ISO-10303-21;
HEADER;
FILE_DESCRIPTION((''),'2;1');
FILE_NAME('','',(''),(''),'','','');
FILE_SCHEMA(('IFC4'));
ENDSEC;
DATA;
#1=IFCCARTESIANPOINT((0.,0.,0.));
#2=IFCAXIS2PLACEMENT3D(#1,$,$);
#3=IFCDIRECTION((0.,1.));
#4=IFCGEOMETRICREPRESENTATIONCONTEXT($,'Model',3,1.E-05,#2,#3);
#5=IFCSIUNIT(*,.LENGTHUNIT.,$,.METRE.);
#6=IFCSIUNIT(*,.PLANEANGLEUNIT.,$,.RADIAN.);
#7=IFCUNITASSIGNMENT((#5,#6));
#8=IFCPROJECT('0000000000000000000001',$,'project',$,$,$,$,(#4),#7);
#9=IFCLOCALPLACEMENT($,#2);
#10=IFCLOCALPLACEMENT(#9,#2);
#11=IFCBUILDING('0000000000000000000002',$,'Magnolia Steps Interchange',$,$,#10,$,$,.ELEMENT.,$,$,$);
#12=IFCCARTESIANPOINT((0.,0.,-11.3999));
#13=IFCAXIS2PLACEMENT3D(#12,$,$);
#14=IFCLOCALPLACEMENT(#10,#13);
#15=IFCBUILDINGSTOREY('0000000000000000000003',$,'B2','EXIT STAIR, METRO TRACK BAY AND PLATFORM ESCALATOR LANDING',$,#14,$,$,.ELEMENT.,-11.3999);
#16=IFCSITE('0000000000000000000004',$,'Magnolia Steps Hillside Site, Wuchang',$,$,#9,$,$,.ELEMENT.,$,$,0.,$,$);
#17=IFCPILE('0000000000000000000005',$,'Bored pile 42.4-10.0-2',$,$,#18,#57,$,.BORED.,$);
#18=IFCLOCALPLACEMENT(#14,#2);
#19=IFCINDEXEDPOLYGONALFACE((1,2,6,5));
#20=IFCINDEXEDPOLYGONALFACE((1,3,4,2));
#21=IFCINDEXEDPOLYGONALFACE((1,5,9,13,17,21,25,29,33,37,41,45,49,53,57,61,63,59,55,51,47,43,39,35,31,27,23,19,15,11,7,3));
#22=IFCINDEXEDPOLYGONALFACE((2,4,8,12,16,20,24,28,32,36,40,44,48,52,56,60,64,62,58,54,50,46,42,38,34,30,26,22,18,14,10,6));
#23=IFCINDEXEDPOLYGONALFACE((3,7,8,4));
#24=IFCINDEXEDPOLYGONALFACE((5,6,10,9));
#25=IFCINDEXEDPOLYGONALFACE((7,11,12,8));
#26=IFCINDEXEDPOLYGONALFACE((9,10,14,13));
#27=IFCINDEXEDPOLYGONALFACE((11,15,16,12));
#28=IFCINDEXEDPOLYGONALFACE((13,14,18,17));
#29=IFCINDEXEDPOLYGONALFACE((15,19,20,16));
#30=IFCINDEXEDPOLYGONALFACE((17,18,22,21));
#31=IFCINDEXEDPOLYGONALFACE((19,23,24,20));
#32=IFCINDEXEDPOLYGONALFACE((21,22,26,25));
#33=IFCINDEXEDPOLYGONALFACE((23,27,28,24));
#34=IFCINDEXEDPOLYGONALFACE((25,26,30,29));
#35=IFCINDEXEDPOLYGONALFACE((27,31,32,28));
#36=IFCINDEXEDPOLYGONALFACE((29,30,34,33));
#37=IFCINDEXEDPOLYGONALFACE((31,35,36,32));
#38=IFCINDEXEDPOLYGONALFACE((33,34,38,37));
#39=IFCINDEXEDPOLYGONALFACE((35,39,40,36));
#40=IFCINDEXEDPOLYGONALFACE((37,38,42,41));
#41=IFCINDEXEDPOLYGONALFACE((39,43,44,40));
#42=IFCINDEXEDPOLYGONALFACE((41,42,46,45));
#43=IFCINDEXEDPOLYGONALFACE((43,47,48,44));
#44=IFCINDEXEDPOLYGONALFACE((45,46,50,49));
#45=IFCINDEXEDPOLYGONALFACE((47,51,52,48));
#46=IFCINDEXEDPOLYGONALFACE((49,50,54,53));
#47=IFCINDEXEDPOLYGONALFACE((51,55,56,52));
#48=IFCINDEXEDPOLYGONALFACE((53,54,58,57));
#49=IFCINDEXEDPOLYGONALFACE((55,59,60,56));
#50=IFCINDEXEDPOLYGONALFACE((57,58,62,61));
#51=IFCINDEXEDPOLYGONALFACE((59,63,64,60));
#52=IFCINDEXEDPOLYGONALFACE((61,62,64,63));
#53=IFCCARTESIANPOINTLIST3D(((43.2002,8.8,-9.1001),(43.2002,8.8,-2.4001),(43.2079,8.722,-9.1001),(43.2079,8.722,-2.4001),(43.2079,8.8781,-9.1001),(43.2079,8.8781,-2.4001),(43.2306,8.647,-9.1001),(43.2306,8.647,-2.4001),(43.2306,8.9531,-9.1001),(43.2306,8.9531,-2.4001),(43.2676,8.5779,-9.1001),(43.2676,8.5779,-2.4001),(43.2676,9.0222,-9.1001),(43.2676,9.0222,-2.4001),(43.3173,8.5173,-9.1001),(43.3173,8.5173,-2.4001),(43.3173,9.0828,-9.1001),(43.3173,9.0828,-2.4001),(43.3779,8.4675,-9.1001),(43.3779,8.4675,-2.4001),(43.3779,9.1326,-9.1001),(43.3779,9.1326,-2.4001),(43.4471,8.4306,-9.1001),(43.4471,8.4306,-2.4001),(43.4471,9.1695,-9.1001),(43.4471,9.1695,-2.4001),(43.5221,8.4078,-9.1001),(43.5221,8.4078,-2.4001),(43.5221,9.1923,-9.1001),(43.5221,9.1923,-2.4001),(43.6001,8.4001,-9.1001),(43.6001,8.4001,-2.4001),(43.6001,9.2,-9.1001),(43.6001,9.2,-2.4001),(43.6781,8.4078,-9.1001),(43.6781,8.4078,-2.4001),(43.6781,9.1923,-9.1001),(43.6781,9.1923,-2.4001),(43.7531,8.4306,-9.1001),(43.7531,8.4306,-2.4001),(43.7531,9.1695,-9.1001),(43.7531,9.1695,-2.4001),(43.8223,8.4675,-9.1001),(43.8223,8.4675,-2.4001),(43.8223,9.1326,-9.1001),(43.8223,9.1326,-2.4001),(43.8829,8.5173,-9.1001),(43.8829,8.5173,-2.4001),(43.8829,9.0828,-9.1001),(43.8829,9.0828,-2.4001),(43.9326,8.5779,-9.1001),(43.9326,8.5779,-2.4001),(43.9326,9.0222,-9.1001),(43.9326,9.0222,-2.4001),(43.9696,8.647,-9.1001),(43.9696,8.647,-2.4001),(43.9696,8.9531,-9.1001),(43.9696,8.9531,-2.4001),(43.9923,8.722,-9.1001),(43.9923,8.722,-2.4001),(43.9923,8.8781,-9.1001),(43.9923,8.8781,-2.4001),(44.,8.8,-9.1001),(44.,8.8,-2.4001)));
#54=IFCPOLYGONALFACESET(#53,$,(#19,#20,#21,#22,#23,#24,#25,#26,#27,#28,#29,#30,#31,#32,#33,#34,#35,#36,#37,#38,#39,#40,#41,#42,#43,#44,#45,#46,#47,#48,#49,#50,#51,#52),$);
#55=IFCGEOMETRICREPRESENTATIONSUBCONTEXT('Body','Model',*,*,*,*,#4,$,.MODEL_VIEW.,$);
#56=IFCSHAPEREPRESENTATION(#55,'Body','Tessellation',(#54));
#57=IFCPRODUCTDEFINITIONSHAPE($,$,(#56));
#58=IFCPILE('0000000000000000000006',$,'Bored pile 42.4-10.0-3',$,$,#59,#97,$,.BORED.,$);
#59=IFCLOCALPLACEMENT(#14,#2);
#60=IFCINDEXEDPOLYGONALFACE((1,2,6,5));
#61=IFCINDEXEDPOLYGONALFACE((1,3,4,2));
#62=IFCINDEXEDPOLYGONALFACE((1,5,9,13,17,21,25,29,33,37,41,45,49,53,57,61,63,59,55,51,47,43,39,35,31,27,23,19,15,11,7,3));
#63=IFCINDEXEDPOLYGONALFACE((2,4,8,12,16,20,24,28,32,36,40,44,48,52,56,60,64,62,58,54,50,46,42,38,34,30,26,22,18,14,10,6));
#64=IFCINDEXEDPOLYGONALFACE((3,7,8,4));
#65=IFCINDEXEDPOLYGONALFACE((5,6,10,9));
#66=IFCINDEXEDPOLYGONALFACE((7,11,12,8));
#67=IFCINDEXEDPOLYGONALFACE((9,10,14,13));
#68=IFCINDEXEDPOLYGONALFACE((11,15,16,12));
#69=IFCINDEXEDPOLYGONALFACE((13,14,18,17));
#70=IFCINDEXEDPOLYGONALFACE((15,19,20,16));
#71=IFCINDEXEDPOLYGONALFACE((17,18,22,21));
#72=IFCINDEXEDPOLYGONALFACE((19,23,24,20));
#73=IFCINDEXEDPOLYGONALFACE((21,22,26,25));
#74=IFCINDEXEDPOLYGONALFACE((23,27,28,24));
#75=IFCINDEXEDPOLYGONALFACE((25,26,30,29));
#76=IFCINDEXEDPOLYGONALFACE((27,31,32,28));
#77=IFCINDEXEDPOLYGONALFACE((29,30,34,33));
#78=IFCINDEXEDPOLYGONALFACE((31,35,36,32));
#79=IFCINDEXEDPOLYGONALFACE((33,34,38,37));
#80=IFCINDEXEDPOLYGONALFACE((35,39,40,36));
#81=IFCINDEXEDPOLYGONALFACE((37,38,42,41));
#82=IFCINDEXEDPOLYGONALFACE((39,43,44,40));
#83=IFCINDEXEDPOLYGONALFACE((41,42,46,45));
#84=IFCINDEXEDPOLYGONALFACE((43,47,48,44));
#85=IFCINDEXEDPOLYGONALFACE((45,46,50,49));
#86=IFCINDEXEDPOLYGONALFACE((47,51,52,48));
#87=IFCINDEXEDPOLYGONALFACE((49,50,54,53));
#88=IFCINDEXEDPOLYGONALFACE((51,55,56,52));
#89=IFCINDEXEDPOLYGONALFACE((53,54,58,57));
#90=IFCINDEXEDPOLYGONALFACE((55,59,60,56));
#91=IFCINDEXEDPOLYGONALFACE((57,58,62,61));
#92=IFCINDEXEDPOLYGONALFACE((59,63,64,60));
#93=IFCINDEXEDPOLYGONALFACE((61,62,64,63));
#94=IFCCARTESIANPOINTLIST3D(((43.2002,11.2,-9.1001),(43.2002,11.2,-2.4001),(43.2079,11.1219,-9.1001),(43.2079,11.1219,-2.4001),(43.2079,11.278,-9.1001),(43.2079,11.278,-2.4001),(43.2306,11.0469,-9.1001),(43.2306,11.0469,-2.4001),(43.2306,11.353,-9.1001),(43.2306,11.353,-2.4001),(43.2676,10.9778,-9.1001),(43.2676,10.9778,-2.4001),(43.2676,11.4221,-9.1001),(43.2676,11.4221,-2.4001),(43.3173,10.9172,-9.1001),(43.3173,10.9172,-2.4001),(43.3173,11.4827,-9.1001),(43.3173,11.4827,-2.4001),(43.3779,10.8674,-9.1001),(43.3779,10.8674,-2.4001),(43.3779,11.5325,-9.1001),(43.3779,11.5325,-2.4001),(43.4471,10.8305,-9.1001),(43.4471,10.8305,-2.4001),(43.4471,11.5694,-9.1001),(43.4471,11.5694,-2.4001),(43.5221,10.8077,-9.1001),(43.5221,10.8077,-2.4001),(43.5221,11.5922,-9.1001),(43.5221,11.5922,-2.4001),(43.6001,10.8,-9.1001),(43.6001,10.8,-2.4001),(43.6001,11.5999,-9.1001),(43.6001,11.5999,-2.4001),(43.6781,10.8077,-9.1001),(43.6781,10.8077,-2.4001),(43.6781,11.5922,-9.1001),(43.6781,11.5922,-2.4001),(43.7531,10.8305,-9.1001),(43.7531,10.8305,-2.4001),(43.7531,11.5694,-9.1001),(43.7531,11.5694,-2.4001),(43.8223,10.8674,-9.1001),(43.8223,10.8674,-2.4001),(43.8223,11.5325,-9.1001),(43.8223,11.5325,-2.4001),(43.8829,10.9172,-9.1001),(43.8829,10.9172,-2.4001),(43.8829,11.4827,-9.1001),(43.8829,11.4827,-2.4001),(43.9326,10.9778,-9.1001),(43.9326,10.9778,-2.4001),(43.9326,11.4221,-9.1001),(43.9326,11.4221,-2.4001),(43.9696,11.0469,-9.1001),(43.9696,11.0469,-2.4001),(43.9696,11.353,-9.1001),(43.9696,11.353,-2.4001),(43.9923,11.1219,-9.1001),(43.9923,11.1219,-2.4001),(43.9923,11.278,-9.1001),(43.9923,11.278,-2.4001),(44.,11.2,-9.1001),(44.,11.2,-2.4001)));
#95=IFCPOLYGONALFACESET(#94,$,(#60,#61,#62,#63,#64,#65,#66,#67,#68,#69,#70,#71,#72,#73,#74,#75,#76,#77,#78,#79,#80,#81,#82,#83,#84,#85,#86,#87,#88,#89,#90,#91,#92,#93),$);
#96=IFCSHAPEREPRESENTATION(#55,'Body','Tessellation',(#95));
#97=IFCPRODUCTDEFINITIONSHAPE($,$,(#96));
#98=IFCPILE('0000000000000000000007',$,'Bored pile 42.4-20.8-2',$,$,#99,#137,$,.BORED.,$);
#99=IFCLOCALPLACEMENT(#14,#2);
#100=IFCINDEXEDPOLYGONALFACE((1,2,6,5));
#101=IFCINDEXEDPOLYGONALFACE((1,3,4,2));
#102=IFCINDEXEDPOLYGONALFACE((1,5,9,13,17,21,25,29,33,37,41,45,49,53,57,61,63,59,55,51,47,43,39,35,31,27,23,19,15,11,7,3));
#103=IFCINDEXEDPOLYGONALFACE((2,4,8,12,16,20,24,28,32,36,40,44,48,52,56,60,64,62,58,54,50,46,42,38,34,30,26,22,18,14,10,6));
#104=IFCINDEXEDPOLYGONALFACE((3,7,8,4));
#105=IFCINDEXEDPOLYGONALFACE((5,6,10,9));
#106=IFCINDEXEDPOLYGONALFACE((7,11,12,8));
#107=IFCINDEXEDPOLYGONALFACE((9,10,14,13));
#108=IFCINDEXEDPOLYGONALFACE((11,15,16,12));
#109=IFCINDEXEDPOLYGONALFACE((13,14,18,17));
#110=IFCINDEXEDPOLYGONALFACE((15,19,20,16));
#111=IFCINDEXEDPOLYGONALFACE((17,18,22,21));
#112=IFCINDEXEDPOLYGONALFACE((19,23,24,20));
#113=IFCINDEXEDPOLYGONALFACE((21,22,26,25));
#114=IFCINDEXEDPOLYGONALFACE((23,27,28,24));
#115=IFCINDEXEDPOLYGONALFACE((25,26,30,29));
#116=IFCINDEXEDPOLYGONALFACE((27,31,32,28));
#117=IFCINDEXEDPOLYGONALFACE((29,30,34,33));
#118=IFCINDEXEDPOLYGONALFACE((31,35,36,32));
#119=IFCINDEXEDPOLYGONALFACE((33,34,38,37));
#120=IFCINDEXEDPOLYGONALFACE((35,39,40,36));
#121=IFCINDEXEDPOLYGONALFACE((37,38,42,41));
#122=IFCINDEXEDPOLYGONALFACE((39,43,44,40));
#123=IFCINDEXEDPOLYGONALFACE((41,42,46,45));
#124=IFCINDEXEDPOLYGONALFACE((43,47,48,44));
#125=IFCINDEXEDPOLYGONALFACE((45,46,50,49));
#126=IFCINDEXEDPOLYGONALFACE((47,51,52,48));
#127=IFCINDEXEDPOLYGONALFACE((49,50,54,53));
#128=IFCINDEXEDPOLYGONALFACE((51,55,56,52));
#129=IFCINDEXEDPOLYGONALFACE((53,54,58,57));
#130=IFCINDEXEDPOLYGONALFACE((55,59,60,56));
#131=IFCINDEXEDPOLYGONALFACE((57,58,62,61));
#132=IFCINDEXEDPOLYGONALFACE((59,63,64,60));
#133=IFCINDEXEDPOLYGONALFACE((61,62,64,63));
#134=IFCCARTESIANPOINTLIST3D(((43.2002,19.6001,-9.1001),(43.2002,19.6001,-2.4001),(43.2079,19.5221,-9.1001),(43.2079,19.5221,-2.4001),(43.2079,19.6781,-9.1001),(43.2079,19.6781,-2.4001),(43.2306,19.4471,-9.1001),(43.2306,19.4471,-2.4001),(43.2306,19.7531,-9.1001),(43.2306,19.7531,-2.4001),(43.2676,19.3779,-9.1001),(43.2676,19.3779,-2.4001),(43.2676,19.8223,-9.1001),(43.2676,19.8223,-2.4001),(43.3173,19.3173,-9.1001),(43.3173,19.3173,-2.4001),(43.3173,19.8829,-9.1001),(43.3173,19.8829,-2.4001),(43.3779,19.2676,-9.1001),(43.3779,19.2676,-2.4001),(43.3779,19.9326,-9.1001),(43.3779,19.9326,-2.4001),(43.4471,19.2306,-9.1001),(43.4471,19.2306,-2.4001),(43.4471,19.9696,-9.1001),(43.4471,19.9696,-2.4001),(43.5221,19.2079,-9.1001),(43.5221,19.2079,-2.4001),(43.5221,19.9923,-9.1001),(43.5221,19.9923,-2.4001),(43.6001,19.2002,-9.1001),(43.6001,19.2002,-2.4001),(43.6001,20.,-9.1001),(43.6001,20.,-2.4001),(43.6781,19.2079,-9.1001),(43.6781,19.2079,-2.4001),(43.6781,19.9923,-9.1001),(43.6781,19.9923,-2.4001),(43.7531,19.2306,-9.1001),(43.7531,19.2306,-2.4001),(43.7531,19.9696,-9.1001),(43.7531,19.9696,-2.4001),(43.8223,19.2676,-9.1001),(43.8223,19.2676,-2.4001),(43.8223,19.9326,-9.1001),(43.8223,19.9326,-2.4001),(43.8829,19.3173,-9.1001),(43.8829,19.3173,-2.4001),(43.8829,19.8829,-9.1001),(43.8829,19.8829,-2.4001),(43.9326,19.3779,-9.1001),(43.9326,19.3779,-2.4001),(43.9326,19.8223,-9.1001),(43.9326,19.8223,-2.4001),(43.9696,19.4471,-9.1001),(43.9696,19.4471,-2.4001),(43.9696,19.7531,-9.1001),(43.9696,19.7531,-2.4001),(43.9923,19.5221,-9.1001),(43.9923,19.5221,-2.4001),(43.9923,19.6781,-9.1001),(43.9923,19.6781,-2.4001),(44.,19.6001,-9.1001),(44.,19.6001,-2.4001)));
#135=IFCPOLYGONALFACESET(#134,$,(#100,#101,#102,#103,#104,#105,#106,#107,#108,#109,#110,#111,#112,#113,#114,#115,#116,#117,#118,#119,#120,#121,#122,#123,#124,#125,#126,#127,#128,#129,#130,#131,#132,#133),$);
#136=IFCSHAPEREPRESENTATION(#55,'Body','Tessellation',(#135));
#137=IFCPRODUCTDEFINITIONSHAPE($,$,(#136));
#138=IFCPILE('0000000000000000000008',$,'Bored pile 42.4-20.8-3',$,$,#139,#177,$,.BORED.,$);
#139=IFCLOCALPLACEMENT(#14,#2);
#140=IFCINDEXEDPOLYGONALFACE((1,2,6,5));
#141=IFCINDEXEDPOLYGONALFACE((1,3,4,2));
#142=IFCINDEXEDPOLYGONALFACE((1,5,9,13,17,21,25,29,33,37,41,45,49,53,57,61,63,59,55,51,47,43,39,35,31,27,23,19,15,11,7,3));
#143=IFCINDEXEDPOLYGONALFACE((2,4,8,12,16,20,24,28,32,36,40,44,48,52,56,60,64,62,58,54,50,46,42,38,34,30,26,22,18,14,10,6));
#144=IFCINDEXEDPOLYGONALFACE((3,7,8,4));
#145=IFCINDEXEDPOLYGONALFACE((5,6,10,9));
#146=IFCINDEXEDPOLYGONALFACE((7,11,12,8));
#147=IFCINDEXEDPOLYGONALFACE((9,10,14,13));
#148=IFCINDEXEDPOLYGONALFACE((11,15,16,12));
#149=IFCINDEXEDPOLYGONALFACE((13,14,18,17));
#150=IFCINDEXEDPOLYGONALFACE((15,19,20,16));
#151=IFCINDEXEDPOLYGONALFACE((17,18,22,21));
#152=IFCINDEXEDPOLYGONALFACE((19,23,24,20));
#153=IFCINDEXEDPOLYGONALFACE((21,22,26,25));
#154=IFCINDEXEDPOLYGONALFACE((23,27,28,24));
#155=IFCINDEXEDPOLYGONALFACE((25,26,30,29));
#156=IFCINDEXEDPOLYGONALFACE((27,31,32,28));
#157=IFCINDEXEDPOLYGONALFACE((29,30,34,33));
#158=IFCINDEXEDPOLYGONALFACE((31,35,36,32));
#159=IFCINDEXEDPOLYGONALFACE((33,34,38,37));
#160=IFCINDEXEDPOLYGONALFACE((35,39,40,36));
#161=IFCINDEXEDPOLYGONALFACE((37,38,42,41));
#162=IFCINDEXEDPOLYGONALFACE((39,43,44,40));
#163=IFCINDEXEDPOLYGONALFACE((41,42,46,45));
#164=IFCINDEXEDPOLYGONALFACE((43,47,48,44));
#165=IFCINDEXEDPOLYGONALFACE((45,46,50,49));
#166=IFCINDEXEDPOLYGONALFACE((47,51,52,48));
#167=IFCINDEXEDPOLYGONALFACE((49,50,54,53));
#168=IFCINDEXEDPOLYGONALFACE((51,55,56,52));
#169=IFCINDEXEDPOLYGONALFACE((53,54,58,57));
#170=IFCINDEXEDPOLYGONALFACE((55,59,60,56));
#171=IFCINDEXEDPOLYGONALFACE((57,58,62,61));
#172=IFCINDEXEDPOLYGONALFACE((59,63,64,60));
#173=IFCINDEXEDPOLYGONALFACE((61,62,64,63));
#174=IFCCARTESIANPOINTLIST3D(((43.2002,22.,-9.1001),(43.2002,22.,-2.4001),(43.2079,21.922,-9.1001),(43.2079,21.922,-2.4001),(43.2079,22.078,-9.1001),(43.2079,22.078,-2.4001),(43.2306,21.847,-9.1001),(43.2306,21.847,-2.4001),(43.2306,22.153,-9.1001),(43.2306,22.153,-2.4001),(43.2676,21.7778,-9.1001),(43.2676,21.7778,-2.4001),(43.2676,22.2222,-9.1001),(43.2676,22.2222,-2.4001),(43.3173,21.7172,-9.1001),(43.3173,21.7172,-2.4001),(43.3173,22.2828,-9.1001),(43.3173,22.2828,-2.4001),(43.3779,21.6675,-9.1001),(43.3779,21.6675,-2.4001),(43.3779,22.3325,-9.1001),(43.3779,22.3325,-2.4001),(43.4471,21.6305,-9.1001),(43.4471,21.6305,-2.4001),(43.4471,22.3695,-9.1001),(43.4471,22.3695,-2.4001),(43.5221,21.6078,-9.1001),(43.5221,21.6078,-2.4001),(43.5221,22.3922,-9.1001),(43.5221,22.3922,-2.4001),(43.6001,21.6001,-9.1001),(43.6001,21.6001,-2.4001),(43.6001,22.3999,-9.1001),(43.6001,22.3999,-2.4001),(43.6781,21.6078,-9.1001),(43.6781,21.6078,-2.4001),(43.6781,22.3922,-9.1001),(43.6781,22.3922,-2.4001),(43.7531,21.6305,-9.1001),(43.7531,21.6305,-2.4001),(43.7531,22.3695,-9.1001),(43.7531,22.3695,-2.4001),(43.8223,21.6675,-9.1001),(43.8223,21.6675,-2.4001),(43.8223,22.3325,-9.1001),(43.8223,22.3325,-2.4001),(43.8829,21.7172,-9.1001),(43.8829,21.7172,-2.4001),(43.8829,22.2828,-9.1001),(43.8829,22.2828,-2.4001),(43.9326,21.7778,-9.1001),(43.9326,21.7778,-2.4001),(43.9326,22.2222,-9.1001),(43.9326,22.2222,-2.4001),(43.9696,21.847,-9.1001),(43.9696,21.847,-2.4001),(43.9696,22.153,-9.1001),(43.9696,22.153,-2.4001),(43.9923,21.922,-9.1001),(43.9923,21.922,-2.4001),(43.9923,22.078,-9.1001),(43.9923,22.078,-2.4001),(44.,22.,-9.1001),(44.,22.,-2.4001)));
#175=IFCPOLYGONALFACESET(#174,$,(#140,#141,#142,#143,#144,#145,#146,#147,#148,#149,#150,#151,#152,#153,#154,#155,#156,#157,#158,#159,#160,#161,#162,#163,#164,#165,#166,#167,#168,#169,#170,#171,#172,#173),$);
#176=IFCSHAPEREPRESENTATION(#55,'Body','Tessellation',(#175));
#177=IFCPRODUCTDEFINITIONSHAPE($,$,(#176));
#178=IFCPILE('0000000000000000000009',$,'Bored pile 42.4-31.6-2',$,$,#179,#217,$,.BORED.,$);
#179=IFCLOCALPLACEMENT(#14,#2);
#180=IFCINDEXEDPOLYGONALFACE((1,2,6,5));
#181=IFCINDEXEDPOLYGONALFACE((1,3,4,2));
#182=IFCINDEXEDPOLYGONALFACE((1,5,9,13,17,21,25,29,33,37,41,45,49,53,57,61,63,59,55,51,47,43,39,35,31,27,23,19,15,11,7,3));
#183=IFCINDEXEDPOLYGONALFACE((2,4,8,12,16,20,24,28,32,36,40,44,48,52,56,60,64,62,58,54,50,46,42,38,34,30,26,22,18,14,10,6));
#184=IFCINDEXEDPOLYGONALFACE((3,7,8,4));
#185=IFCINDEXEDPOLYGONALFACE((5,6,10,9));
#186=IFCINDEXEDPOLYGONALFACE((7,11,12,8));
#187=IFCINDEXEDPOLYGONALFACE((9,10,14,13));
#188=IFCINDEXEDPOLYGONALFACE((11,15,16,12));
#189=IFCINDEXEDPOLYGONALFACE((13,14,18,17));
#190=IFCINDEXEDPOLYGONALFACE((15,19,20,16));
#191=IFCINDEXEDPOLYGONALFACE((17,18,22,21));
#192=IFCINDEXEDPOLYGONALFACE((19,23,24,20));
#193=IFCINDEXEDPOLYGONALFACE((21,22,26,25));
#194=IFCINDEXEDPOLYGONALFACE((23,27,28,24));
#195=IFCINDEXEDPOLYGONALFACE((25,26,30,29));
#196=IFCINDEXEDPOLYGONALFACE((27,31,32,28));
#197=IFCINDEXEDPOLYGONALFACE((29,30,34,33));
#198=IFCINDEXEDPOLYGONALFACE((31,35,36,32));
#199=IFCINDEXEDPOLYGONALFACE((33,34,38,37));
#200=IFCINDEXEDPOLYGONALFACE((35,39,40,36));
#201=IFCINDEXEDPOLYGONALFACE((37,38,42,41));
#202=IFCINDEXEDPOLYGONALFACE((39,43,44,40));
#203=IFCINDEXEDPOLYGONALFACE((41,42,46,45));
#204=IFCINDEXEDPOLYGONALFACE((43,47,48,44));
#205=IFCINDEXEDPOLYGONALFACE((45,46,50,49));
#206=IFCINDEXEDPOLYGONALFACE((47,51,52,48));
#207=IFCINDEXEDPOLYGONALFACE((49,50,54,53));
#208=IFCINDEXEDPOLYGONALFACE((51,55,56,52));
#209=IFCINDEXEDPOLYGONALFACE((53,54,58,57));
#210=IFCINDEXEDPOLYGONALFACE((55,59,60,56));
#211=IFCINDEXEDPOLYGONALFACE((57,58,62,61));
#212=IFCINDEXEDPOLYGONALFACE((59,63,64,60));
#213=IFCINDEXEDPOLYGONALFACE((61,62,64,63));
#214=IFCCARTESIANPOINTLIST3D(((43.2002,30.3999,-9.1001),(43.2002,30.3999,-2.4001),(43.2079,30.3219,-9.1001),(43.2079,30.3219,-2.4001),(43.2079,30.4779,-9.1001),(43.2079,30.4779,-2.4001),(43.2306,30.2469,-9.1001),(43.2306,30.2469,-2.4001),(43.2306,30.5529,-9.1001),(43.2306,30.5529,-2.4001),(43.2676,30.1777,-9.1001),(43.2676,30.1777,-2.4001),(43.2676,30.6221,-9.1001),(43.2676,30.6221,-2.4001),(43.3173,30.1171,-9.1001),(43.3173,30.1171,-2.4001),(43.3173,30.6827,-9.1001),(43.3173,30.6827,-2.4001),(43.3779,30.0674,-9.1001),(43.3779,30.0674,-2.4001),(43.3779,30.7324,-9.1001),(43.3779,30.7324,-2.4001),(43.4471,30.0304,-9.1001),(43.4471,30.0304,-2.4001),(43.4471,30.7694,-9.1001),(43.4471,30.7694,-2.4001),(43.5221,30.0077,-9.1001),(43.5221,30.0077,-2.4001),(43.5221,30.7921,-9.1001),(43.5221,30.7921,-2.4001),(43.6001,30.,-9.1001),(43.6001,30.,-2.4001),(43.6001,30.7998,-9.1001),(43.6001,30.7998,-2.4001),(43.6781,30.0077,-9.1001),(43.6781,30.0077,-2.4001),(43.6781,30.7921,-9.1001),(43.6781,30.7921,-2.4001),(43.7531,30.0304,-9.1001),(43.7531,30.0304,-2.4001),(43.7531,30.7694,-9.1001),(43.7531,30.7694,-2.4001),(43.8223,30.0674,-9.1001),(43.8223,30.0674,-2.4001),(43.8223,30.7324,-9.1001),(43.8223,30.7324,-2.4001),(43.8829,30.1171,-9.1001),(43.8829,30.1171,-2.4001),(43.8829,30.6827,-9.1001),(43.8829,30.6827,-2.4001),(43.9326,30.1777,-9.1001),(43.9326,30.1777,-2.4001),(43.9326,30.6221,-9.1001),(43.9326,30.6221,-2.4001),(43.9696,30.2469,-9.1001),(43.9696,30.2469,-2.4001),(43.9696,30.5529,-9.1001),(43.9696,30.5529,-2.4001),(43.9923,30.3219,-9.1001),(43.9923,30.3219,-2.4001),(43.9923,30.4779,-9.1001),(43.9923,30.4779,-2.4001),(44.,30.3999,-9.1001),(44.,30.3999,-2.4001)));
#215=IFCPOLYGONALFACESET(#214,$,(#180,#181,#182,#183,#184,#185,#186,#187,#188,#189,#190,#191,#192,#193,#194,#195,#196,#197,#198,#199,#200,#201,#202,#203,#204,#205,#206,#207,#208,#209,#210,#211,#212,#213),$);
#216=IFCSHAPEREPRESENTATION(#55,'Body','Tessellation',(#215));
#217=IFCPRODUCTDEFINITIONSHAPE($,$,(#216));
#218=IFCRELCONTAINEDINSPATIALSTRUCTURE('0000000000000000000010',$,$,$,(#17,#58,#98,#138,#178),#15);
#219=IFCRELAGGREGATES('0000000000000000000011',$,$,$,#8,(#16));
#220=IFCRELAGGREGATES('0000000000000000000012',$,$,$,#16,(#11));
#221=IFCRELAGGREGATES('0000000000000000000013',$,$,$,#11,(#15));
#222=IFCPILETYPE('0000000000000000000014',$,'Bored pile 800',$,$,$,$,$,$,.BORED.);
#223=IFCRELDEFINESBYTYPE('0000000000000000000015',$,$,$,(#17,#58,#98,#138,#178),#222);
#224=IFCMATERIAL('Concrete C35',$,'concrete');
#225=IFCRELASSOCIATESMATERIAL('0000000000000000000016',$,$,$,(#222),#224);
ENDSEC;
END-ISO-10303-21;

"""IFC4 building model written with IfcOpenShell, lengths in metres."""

from ifc_helpers import new_model, si_unit, direction, frame, origin, origin_2d, place, context, subcontext, project, spatial, circle, extrude, material, material_profile, profile_set, type_object, element, save


model = new_model("IFC4")

# Units and contexts
model_context = context("Model", 3, precision=1e-05, world=origin(), true_north=direction((0.0, 1.0)))
body_context = subcontext(model_context, "Body", "Model", "MODEL_VIEW")
ifc_project = project(units=[si_unit("LENGTHUNIT", "METRE"), si_unit("PLANEANGLEUNIT", "RADIAN")], contexts=[model_context])

# Site, building, storey
site_placement = place(None, origin())
site = spatial("IfcSite", under=ifc_project, at=site_placement, Name="Magnolia Steps Hillside Site, Wuchang", CompositionType="ELEMENT", RefElevation=0.0)
building_placement = place(site_placement, origin())
building = spatial("IfcBuilding", under=site, at=building_placement, Name="Magnolia Steps Interchange", CompositionType="ELEMENT")
storey_placement = place(building_placement, frame((0.0, 0.0, -11.3999)))
storey = spatial("IfcBuildingStorey", under=building, at=storey_placement, Name="B2", Description="EXIT STAIR, METRO TRACK BAY AND PLATFORM ESCALATOR LANDING", CompositionType="ELEMENT", Elevation=-11.3999)

# Piles
ifc_material_1 = material(Name="Concrete C35", Category="concrete")
ifc_material_profile_1 = material_profile(ifc_material_1, circle(Radius=0.3999, at=origin_2d()), Name="Bored pile 800")
ifc_profile_set_1 = profile_set([ifc_material_profile_1], Name="Concrete C35")
pile_type = type_object("IfcPileType", Name="Bored pile 800", PredefinedType="BORED", material=ifc_profile_set_1)
for number, where, z_axis, x_axis, name in (
    (1, (43.6001, 8.8, -2.4001), (0.0, 0.0, -1.0), (1.0, 0.0, 0.0), "Bored pile 42.4-10.0-2"),
    (2, (43.6001, 11.2, -2.4001), (0.0, 0.0, -1.0), (1.0, 0.0, 0.0), "Bored pile 42.4-10.0-3"),
    (3, (43.6001, 19.6001, -2.4001), (0.0, 0.0, -1.0), (1.0, 0.0, 0.0), "Bored pile 42.4-20.8-2"),
    (4, (43.6001, 22.0, -2.4001), (0.0, 0.0, -1.0), (1.0, 0.0, 0.0), "Bored pile 42.4-20.8-3"),
    (5, (43.6001, 30.3999, -2.4001), (0.0, 0.0, -1.0), (1.0, 0.0, 0.0), "Bored pile 42.4-31.6-2"),
):
    element("IfcPile", number, at=place(storey_placement, frame(where, z_axis=z_axis, x_axis=x_axis)), inside=storey, type_object=pile_type, Name=name, PredefinedType="BORED", context=body_context, shape_type="SweptSolid", body=[
        extrude(circle(Radius=0.3999, at=origin_2d()), origin(), (0.0, 0.0, 1.0), 6.7),
    ])

save(model, "model.ifc")
